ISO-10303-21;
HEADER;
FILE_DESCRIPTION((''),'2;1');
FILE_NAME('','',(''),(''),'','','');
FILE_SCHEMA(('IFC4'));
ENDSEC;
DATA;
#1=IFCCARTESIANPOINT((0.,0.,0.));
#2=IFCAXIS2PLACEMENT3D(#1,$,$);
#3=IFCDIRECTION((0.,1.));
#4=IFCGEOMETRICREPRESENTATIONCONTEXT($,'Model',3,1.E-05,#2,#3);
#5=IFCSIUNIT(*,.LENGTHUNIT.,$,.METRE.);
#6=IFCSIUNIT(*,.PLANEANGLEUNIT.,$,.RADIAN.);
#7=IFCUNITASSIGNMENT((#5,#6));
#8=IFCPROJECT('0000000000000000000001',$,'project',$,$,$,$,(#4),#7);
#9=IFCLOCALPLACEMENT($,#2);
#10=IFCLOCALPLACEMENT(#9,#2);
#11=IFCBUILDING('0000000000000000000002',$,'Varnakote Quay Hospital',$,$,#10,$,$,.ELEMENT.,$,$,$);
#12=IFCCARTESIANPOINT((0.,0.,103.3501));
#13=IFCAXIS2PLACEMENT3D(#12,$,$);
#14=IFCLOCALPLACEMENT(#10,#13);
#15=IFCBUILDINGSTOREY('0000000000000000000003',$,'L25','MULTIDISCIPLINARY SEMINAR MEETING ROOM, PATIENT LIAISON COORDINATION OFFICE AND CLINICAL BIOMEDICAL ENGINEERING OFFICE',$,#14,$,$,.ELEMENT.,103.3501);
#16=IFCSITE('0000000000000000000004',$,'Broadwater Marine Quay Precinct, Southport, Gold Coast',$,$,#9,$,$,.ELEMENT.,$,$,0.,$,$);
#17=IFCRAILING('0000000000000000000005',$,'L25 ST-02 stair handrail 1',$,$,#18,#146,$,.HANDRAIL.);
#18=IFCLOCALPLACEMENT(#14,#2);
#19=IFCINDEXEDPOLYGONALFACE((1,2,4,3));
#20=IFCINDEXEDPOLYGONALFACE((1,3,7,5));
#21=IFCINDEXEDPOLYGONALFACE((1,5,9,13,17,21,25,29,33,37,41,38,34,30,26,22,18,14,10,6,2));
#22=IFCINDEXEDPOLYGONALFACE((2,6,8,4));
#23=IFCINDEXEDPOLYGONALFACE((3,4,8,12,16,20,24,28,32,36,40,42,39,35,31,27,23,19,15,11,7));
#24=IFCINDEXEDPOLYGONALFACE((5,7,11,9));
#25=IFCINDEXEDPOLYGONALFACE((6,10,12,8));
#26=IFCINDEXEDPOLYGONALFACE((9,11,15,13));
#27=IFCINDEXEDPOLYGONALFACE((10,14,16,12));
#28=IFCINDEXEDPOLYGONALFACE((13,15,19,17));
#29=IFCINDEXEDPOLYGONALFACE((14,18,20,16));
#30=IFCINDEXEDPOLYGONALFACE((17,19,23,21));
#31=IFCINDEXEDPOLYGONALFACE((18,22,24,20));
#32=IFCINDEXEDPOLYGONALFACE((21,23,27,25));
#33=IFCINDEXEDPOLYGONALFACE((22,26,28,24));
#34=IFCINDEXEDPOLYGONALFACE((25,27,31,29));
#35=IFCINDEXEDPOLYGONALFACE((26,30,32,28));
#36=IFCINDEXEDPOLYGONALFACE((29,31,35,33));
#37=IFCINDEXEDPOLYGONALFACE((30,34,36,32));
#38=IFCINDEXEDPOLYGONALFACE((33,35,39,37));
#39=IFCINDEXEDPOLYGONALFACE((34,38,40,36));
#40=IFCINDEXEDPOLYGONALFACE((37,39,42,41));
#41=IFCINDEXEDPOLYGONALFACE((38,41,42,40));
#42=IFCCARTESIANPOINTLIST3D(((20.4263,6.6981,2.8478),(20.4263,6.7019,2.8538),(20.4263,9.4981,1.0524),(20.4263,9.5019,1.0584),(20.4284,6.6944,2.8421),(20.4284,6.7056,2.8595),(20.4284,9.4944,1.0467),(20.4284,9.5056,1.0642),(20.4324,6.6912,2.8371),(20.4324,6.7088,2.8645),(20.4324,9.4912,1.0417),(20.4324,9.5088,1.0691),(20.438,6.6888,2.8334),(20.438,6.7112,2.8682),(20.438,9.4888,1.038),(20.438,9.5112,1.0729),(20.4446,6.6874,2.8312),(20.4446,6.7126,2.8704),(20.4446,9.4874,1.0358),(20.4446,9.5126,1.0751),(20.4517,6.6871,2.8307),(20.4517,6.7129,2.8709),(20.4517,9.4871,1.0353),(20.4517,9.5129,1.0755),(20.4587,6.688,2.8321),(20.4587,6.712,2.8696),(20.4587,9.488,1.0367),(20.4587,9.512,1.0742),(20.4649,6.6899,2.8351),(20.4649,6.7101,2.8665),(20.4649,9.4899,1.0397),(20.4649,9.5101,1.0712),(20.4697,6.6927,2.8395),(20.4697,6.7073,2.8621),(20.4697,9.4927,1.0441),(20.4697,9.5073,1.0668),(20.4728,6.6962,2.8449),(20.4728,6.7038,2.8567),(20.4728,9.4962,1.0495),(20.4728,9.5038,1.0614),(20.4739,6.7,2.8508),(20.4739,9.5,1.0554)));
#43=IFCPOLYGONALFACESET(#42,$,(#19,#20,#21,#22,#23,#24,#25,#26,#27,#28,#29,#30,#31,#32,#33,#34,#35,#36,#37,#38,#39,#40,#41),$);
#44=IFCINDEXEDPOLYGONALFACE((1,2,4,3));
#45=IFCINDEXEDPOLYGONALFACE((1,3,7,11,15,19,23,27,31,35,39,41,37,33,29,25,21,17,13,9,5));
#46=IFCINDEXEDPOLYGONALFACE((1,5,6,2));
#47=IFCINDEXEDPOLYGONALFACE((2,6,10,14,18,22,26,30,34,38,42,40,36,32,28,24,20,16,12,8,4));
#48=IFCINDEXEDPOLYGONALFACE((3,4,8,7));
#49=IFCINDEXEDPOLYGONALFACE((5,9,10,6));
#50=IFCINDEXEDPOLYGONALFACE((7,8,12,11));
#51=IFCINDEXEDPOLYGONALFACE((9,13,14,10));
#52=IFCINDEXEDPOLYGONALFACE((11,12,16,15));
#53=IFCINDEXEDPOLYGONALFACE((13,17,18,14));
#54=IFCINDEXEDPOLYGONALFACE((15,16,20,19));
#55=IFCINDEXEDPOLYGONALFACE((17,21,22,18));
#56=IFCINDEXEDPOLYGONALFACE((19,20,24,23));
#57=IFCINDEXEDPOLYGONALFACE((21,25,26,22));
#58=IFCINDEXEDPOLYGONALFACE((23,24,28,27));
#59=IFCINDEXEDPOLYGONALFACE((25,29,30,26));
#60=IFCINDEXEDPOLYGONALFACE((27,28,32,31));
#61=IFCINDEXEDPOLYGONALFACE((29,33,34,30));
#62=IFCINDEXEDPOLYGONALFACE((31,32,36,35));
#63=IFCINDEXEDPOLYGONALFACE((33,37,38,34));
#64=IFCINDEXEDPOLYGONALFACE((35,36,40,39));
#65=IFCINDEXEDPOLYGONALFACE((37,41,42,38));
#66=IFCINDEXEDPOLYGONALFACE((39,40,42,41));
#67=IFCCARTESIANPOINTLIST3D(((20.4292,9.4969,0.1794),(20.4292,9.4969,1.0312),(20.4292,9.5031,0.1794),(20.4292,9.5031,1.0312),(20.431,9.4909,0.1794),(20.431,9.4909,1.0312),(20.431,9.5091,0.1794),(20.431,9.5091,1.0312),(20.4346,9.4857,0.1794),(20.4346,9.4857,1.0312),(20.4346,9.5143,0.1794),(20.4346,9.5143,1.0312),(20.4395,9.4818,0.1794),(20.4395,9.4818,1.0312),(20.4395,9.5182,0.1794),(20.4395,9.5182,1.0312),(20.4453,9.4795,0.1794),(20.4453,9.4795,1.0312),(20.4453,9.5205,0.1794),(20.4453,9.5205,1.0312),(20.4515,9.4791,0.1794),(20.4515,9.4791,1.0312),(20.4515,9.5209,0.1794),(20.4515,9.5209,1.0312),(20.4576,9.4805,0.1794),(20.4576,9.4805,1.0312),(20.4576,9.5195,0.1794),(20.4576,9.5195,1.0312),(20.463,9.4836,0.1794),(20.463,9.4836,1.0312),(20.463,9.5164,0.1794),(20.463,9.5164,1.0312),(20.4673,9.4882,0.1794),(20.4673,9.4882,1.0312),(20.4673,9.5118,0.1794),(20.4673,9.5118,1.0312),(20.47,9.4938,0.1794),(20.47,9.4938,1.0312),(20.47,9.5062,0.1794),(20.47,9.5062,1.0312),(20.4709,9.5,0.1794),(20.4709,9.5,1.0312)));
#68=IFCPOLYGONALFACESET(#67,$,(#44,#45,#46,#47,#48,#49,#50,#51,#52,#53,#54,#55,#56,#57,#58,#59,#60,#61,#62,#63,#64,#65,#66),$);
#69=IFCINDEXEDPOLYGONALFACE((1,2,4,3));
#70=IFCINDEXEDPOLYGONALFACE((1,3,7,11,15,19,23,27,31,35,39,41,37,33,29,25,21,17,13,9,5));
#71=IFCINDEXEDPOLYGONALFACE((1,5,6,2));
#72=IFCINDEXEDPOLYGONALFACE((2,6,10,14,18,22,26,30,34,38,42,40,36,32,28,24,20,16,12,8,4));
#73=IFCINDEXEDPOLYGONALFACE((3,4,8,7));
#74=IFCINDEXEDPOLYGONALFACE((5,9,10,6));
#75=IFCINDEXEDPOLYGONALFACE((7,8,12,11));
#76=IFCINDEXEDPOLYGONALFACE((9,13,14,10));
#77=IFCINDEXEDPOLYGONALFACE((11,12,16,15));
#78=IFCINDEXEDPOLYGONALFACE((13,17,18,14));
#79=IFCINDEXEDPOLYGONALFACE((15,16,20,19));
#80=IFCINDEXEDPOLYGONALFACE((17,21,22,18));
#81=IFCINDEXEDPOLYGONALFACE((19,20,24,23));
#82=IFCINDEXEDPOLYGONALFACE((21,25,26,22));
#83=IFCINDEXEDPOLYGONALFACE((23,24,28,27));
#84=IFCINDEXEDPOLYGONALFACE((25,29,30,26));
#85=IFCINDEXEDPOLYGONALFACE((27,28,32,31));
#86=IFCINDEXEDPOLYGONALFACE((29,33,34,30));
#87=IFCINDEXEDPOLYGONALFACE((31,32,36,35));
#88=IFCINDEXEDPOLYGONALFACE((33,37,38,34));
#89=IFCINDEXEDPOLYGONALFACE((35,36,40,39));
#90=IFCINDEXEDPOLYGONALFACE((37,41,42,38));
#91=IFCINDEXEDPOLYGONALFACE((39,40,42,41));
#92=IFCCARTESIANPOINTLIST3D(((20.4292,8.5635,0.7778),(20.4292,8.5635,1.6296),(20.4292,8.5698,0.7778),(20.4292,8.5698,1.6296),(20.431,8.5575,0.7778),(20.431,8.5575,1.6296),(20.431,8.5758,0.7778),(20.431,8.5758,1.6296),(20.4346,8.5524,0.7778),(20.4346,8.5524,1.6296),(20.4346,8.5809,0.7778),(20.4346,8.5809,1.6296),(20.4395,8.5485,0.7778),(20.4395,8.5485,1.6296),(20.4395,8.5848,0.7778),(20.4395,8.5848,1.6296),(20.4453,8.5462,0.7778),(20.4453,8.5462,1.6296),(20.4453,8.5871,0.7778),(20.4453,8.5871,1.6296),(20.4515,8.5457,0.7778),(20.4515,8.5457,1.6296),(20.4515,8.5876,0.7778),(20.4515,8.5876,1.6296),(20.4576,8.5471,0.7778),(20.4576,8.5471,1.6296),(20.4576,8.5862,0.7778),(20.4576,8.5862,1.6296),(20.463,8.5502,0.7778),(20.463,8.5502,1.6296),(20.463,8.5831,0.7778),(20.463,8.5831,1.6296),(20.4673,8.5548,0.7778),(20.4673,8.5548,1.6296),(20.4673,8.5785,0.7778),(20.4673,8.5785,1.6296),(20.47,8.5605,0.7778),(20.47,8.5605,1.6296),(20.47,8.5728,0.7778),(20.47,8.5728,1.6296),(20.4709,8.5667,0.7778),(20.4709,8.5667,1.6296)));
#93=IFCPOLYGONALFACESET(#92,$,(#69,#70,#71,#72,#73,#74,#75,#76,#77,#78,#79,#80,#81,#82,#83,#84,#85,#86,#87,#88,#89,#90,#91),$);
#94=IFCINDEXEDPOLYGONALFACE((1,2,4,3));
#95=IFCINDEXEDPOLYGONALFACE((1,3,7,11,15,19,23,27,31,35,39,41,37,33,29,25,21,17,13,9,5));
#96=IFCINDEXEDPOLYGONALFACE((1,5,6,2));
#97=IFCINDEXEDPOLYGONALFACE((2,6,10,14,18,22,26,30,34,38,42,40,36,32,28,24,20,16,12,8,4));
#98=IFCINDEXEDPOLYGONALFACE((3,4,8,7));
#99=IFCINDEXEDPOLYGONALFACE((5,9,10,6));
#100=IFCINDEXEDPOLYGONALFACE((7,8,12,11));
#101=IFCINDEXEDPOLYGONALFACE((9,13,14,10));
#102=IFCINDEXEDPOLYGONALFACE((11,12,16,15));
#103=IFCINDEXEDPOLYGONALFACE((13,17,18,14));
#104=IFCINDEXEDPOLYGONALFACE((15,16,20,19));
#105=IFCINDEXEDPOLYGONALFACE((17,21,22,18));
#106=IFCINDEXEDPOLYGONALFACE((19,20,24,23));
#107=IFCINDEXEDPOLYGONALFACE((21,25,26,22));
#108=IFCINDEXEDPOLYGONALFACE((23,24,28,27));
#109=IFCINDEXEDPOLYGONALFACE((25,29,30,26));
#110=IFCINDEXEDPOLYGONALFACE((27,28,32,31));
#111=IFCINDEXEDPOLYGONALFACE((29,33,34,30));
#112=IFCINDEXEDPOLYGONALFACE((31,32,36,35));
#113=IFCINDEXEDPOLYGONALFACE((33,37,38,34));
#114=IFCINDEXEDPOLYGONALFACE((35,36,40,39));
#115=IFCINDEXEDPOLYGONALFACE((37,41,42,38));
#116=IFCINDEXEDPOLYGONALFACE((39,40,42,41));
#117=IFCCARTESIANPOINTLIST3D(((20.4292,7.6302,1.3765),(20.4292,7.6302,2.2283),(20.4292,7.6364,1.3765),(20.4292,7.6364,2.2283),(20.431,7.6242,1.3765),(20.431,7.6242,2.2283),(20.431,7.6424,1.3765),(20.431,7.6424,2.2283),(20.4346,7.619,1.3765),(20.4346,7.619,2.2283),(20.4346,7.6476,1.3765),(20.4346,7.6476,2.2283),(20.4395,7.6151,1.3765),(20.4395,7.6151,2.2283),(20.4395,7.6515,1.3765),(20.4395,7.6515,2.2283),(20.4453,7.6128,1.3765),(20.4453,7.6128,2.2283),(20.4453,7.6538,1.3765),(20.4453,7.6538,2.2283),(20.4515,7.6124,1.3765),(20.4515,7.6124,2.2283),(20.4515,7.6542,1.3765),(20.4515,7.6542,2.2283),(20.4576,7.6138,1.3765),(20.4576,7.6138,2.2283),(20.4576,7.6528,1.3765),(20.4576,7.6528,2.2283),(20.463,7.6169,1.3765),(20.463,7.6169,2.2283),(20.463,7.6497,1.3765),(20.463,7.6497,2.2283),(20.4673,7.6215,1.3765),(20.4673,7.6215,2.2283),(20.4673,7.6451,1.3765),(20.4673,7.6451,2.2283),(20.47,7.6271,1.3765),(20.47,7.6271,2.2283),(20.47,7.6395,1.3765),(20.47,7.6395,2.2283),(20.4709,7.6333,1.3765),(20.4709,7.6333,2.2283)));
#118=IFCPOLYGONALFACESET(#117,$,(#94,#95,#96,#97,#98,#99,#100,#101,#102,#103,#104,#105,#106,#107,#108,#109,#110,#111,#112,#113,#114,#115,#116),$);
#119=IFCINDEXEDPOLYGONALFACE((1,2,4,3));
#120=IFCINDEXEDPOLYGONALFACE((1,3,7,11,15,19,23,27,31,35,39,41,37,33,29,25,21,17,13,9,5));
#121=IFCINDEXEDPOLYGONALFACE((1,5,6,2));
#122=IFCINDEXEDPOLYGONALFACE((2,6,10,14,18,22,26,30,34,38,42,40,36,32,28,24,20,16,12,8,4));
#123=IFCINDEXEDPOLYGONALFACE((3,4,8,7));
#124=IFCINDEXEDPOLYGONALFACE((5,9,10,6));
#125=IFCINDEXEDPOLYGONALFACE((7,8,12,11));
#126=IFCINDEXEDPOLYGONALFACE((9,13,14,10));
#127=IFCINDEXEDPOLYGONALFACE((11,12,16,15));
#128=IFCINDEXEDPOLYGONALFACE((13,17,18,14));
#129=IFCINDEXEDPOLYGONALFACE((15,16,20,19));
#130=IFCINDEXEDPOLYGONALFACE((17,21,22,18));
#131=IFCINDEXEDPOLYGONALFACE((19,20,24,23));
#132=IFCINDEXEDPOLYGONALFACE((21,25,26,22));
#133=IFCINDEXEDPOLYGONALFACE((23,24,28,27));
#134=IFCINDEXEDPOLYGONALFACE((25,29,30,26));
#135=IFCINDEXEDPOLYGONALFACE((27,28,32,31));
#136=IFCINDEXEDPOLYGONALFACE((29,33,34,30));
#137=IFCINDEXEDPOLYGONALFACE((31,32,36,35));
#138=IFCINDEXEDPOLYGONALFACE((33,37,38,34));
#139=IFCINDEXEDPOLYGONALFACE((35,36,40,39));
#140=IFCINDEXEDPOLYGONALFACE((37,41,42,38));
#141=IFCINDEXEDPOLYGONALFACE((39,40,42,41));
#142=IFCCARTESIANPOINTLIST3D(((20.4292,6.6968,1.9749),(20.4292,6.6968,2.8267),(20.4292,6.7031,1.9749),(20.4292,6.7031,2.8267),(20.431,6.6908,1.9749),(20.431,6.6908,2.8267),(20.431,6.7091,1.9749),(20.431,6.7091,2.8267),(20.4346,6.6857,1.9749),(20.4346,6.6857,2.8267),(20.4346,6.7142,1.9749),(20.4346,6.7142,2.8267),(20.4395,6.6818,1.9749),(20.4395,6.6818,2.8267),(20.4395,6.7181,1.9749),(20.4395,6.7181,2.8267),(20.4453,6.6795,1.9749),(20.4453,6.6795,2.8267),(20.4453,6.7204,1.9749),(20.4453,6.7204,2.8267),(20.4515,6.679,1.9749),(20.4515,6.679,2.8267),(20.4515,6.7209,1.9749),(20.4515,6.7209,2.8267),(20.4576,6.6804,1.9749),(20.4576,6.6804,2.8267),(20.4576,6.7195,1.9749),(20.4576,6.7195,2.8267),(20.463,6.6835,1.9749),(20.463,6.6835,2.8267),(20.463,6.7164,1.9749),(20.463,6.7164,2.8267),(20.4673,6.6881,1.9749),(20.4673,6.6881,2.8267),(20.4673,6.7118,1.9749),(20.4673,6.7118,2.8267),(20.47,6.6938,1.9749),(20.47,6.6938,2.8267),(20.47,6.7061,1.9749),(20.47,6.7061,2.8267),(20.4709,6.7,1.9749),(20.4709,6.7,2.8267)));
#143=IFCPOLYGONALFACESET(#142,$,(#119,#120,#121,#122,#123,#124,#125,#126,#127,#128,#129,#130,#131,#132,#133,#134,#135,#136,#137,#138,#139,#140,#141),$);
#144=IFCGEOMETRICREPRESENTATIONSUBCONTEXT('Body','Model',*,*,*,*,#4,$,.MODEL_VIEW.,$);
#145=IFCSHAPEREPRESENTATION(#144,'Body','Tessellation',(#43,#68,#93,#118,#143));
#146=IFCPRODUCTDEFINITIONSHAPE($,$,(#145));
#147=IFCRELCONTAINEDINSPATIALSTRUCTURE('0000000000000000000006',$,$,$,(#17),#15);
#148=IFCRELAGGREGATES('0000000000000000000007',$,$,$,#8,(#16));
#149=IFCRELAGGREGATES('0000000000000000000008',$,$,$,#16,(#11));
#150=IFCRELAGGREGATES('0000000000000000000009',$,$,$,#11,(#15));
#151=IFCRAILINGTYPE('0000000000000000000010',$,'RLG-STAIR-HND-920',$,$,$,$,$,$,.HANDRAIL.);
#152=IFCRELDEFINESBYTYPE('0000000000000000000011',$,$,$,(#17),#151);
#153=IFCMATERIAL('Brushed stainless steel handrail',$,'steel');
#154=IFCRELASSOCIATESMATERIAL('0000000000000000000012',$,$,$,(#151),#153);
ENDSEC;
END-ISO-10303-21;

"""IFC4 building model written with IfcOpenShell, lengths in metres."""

from ifc_helpers import new_model, si_unit, direction, frame, origin, origin_2d, place, context, subcontext, project, spatial, circle, extrude, material, type_object, element, save


model = new_model("IFC4")

# Units and contexts
model_context = context("Model", 3, precision=1e-05, world=origin(), true_north=direction((0.0, 1.0)))
body_context = subcontext(model_context, "Body", "Model", "MODEL_VIEW")
ifc_project = project(units=[si_unit("LENGTHUNIT", "METRE"), si_unit("PLANEANGLEUNIT", "RADIAN")], contexts=[model_context])

# Site, building, storey
site_placement = place(None, origin())
site = spatial("IfcSite", under=ifc_project, at=site_placement, Name="Broadwater Marine Quay Precinct, Southport, Gold Coast", CompositionType="ELEMENT", RefElevation=0.0)
building_placement = place(site_placement, origin())
building = spatial("IfcBuilding", under=site, at=building_placement, Name="Varnakote Quay Hospital", CompositionType="ELEMENT")
storey_placement = place(building_placement, frame((0.0, 0.0, 103.3501)))
storey = spatial("IfcBuildingStorey", under=building, at=storey_placement, Name="L25", Description="MULTIDISCIPLINARY SEMINAR MEETING ROOM, PATIENT LIAISON COORDINATION OFFICE AND CLINICAL BIOMEDICAL ENGINEERING OFFICE", CompositionType="ELEMENT", Elevation=103.3501)

# Railing
ifc_material_1 = material(Name="Brushed stainless steel handrail", Category="steel")
railing_type_1 = type_object("IfcRailingType", Name="RLG-STAIR-HND-920", PredefinedType="HANDRAIL", material=ifc_material_1)
railing_1_placement = place(storey_placement, frame((20.45, 9.5, 0.1794)))
element("IfcRailing", 1, at=railing_1_placement, inside=storey, type_object=railing_type_1, Name="L25 ST-02 stair handrail 1", PredefinedType="HANDRAIL", context=body_context, shape_type="SweptSolid", body=[
    extrude(circle(Radius=0.0239, at=origin_2d()), frame((0.0, 0.0, 0.876), z_axis=(0.0, -0.84181, 0.539774), x_axis=(1.0, 0.0, 0.0)), (0.0, 0.0, 1.0), 3.3262),
    extrude(circle(Radius=0.021, at=origin_2d()), origin(), (0.0, 0.0, 1.0), 0.8518),
    extrude(circle(Radius=0.021, at=origin_2d()), frame((0.0, -0.9333, 0.5984)), (0.0, 0.0, 1.0), 0.8518),
    extrude(circle(Radius=0.021, at=origin_2d()), frame((0.0, -1.8667, 1.197)), (0.0, 0.0, 1.0), 0.8518),
    extrude(circle(Radius=0.021, at=origin_2d()), frame((0.0, -2.8, 1.7954)), (0.0, 0.0, 1.0), 0.8518),
])

save(model, "model.ifc")
